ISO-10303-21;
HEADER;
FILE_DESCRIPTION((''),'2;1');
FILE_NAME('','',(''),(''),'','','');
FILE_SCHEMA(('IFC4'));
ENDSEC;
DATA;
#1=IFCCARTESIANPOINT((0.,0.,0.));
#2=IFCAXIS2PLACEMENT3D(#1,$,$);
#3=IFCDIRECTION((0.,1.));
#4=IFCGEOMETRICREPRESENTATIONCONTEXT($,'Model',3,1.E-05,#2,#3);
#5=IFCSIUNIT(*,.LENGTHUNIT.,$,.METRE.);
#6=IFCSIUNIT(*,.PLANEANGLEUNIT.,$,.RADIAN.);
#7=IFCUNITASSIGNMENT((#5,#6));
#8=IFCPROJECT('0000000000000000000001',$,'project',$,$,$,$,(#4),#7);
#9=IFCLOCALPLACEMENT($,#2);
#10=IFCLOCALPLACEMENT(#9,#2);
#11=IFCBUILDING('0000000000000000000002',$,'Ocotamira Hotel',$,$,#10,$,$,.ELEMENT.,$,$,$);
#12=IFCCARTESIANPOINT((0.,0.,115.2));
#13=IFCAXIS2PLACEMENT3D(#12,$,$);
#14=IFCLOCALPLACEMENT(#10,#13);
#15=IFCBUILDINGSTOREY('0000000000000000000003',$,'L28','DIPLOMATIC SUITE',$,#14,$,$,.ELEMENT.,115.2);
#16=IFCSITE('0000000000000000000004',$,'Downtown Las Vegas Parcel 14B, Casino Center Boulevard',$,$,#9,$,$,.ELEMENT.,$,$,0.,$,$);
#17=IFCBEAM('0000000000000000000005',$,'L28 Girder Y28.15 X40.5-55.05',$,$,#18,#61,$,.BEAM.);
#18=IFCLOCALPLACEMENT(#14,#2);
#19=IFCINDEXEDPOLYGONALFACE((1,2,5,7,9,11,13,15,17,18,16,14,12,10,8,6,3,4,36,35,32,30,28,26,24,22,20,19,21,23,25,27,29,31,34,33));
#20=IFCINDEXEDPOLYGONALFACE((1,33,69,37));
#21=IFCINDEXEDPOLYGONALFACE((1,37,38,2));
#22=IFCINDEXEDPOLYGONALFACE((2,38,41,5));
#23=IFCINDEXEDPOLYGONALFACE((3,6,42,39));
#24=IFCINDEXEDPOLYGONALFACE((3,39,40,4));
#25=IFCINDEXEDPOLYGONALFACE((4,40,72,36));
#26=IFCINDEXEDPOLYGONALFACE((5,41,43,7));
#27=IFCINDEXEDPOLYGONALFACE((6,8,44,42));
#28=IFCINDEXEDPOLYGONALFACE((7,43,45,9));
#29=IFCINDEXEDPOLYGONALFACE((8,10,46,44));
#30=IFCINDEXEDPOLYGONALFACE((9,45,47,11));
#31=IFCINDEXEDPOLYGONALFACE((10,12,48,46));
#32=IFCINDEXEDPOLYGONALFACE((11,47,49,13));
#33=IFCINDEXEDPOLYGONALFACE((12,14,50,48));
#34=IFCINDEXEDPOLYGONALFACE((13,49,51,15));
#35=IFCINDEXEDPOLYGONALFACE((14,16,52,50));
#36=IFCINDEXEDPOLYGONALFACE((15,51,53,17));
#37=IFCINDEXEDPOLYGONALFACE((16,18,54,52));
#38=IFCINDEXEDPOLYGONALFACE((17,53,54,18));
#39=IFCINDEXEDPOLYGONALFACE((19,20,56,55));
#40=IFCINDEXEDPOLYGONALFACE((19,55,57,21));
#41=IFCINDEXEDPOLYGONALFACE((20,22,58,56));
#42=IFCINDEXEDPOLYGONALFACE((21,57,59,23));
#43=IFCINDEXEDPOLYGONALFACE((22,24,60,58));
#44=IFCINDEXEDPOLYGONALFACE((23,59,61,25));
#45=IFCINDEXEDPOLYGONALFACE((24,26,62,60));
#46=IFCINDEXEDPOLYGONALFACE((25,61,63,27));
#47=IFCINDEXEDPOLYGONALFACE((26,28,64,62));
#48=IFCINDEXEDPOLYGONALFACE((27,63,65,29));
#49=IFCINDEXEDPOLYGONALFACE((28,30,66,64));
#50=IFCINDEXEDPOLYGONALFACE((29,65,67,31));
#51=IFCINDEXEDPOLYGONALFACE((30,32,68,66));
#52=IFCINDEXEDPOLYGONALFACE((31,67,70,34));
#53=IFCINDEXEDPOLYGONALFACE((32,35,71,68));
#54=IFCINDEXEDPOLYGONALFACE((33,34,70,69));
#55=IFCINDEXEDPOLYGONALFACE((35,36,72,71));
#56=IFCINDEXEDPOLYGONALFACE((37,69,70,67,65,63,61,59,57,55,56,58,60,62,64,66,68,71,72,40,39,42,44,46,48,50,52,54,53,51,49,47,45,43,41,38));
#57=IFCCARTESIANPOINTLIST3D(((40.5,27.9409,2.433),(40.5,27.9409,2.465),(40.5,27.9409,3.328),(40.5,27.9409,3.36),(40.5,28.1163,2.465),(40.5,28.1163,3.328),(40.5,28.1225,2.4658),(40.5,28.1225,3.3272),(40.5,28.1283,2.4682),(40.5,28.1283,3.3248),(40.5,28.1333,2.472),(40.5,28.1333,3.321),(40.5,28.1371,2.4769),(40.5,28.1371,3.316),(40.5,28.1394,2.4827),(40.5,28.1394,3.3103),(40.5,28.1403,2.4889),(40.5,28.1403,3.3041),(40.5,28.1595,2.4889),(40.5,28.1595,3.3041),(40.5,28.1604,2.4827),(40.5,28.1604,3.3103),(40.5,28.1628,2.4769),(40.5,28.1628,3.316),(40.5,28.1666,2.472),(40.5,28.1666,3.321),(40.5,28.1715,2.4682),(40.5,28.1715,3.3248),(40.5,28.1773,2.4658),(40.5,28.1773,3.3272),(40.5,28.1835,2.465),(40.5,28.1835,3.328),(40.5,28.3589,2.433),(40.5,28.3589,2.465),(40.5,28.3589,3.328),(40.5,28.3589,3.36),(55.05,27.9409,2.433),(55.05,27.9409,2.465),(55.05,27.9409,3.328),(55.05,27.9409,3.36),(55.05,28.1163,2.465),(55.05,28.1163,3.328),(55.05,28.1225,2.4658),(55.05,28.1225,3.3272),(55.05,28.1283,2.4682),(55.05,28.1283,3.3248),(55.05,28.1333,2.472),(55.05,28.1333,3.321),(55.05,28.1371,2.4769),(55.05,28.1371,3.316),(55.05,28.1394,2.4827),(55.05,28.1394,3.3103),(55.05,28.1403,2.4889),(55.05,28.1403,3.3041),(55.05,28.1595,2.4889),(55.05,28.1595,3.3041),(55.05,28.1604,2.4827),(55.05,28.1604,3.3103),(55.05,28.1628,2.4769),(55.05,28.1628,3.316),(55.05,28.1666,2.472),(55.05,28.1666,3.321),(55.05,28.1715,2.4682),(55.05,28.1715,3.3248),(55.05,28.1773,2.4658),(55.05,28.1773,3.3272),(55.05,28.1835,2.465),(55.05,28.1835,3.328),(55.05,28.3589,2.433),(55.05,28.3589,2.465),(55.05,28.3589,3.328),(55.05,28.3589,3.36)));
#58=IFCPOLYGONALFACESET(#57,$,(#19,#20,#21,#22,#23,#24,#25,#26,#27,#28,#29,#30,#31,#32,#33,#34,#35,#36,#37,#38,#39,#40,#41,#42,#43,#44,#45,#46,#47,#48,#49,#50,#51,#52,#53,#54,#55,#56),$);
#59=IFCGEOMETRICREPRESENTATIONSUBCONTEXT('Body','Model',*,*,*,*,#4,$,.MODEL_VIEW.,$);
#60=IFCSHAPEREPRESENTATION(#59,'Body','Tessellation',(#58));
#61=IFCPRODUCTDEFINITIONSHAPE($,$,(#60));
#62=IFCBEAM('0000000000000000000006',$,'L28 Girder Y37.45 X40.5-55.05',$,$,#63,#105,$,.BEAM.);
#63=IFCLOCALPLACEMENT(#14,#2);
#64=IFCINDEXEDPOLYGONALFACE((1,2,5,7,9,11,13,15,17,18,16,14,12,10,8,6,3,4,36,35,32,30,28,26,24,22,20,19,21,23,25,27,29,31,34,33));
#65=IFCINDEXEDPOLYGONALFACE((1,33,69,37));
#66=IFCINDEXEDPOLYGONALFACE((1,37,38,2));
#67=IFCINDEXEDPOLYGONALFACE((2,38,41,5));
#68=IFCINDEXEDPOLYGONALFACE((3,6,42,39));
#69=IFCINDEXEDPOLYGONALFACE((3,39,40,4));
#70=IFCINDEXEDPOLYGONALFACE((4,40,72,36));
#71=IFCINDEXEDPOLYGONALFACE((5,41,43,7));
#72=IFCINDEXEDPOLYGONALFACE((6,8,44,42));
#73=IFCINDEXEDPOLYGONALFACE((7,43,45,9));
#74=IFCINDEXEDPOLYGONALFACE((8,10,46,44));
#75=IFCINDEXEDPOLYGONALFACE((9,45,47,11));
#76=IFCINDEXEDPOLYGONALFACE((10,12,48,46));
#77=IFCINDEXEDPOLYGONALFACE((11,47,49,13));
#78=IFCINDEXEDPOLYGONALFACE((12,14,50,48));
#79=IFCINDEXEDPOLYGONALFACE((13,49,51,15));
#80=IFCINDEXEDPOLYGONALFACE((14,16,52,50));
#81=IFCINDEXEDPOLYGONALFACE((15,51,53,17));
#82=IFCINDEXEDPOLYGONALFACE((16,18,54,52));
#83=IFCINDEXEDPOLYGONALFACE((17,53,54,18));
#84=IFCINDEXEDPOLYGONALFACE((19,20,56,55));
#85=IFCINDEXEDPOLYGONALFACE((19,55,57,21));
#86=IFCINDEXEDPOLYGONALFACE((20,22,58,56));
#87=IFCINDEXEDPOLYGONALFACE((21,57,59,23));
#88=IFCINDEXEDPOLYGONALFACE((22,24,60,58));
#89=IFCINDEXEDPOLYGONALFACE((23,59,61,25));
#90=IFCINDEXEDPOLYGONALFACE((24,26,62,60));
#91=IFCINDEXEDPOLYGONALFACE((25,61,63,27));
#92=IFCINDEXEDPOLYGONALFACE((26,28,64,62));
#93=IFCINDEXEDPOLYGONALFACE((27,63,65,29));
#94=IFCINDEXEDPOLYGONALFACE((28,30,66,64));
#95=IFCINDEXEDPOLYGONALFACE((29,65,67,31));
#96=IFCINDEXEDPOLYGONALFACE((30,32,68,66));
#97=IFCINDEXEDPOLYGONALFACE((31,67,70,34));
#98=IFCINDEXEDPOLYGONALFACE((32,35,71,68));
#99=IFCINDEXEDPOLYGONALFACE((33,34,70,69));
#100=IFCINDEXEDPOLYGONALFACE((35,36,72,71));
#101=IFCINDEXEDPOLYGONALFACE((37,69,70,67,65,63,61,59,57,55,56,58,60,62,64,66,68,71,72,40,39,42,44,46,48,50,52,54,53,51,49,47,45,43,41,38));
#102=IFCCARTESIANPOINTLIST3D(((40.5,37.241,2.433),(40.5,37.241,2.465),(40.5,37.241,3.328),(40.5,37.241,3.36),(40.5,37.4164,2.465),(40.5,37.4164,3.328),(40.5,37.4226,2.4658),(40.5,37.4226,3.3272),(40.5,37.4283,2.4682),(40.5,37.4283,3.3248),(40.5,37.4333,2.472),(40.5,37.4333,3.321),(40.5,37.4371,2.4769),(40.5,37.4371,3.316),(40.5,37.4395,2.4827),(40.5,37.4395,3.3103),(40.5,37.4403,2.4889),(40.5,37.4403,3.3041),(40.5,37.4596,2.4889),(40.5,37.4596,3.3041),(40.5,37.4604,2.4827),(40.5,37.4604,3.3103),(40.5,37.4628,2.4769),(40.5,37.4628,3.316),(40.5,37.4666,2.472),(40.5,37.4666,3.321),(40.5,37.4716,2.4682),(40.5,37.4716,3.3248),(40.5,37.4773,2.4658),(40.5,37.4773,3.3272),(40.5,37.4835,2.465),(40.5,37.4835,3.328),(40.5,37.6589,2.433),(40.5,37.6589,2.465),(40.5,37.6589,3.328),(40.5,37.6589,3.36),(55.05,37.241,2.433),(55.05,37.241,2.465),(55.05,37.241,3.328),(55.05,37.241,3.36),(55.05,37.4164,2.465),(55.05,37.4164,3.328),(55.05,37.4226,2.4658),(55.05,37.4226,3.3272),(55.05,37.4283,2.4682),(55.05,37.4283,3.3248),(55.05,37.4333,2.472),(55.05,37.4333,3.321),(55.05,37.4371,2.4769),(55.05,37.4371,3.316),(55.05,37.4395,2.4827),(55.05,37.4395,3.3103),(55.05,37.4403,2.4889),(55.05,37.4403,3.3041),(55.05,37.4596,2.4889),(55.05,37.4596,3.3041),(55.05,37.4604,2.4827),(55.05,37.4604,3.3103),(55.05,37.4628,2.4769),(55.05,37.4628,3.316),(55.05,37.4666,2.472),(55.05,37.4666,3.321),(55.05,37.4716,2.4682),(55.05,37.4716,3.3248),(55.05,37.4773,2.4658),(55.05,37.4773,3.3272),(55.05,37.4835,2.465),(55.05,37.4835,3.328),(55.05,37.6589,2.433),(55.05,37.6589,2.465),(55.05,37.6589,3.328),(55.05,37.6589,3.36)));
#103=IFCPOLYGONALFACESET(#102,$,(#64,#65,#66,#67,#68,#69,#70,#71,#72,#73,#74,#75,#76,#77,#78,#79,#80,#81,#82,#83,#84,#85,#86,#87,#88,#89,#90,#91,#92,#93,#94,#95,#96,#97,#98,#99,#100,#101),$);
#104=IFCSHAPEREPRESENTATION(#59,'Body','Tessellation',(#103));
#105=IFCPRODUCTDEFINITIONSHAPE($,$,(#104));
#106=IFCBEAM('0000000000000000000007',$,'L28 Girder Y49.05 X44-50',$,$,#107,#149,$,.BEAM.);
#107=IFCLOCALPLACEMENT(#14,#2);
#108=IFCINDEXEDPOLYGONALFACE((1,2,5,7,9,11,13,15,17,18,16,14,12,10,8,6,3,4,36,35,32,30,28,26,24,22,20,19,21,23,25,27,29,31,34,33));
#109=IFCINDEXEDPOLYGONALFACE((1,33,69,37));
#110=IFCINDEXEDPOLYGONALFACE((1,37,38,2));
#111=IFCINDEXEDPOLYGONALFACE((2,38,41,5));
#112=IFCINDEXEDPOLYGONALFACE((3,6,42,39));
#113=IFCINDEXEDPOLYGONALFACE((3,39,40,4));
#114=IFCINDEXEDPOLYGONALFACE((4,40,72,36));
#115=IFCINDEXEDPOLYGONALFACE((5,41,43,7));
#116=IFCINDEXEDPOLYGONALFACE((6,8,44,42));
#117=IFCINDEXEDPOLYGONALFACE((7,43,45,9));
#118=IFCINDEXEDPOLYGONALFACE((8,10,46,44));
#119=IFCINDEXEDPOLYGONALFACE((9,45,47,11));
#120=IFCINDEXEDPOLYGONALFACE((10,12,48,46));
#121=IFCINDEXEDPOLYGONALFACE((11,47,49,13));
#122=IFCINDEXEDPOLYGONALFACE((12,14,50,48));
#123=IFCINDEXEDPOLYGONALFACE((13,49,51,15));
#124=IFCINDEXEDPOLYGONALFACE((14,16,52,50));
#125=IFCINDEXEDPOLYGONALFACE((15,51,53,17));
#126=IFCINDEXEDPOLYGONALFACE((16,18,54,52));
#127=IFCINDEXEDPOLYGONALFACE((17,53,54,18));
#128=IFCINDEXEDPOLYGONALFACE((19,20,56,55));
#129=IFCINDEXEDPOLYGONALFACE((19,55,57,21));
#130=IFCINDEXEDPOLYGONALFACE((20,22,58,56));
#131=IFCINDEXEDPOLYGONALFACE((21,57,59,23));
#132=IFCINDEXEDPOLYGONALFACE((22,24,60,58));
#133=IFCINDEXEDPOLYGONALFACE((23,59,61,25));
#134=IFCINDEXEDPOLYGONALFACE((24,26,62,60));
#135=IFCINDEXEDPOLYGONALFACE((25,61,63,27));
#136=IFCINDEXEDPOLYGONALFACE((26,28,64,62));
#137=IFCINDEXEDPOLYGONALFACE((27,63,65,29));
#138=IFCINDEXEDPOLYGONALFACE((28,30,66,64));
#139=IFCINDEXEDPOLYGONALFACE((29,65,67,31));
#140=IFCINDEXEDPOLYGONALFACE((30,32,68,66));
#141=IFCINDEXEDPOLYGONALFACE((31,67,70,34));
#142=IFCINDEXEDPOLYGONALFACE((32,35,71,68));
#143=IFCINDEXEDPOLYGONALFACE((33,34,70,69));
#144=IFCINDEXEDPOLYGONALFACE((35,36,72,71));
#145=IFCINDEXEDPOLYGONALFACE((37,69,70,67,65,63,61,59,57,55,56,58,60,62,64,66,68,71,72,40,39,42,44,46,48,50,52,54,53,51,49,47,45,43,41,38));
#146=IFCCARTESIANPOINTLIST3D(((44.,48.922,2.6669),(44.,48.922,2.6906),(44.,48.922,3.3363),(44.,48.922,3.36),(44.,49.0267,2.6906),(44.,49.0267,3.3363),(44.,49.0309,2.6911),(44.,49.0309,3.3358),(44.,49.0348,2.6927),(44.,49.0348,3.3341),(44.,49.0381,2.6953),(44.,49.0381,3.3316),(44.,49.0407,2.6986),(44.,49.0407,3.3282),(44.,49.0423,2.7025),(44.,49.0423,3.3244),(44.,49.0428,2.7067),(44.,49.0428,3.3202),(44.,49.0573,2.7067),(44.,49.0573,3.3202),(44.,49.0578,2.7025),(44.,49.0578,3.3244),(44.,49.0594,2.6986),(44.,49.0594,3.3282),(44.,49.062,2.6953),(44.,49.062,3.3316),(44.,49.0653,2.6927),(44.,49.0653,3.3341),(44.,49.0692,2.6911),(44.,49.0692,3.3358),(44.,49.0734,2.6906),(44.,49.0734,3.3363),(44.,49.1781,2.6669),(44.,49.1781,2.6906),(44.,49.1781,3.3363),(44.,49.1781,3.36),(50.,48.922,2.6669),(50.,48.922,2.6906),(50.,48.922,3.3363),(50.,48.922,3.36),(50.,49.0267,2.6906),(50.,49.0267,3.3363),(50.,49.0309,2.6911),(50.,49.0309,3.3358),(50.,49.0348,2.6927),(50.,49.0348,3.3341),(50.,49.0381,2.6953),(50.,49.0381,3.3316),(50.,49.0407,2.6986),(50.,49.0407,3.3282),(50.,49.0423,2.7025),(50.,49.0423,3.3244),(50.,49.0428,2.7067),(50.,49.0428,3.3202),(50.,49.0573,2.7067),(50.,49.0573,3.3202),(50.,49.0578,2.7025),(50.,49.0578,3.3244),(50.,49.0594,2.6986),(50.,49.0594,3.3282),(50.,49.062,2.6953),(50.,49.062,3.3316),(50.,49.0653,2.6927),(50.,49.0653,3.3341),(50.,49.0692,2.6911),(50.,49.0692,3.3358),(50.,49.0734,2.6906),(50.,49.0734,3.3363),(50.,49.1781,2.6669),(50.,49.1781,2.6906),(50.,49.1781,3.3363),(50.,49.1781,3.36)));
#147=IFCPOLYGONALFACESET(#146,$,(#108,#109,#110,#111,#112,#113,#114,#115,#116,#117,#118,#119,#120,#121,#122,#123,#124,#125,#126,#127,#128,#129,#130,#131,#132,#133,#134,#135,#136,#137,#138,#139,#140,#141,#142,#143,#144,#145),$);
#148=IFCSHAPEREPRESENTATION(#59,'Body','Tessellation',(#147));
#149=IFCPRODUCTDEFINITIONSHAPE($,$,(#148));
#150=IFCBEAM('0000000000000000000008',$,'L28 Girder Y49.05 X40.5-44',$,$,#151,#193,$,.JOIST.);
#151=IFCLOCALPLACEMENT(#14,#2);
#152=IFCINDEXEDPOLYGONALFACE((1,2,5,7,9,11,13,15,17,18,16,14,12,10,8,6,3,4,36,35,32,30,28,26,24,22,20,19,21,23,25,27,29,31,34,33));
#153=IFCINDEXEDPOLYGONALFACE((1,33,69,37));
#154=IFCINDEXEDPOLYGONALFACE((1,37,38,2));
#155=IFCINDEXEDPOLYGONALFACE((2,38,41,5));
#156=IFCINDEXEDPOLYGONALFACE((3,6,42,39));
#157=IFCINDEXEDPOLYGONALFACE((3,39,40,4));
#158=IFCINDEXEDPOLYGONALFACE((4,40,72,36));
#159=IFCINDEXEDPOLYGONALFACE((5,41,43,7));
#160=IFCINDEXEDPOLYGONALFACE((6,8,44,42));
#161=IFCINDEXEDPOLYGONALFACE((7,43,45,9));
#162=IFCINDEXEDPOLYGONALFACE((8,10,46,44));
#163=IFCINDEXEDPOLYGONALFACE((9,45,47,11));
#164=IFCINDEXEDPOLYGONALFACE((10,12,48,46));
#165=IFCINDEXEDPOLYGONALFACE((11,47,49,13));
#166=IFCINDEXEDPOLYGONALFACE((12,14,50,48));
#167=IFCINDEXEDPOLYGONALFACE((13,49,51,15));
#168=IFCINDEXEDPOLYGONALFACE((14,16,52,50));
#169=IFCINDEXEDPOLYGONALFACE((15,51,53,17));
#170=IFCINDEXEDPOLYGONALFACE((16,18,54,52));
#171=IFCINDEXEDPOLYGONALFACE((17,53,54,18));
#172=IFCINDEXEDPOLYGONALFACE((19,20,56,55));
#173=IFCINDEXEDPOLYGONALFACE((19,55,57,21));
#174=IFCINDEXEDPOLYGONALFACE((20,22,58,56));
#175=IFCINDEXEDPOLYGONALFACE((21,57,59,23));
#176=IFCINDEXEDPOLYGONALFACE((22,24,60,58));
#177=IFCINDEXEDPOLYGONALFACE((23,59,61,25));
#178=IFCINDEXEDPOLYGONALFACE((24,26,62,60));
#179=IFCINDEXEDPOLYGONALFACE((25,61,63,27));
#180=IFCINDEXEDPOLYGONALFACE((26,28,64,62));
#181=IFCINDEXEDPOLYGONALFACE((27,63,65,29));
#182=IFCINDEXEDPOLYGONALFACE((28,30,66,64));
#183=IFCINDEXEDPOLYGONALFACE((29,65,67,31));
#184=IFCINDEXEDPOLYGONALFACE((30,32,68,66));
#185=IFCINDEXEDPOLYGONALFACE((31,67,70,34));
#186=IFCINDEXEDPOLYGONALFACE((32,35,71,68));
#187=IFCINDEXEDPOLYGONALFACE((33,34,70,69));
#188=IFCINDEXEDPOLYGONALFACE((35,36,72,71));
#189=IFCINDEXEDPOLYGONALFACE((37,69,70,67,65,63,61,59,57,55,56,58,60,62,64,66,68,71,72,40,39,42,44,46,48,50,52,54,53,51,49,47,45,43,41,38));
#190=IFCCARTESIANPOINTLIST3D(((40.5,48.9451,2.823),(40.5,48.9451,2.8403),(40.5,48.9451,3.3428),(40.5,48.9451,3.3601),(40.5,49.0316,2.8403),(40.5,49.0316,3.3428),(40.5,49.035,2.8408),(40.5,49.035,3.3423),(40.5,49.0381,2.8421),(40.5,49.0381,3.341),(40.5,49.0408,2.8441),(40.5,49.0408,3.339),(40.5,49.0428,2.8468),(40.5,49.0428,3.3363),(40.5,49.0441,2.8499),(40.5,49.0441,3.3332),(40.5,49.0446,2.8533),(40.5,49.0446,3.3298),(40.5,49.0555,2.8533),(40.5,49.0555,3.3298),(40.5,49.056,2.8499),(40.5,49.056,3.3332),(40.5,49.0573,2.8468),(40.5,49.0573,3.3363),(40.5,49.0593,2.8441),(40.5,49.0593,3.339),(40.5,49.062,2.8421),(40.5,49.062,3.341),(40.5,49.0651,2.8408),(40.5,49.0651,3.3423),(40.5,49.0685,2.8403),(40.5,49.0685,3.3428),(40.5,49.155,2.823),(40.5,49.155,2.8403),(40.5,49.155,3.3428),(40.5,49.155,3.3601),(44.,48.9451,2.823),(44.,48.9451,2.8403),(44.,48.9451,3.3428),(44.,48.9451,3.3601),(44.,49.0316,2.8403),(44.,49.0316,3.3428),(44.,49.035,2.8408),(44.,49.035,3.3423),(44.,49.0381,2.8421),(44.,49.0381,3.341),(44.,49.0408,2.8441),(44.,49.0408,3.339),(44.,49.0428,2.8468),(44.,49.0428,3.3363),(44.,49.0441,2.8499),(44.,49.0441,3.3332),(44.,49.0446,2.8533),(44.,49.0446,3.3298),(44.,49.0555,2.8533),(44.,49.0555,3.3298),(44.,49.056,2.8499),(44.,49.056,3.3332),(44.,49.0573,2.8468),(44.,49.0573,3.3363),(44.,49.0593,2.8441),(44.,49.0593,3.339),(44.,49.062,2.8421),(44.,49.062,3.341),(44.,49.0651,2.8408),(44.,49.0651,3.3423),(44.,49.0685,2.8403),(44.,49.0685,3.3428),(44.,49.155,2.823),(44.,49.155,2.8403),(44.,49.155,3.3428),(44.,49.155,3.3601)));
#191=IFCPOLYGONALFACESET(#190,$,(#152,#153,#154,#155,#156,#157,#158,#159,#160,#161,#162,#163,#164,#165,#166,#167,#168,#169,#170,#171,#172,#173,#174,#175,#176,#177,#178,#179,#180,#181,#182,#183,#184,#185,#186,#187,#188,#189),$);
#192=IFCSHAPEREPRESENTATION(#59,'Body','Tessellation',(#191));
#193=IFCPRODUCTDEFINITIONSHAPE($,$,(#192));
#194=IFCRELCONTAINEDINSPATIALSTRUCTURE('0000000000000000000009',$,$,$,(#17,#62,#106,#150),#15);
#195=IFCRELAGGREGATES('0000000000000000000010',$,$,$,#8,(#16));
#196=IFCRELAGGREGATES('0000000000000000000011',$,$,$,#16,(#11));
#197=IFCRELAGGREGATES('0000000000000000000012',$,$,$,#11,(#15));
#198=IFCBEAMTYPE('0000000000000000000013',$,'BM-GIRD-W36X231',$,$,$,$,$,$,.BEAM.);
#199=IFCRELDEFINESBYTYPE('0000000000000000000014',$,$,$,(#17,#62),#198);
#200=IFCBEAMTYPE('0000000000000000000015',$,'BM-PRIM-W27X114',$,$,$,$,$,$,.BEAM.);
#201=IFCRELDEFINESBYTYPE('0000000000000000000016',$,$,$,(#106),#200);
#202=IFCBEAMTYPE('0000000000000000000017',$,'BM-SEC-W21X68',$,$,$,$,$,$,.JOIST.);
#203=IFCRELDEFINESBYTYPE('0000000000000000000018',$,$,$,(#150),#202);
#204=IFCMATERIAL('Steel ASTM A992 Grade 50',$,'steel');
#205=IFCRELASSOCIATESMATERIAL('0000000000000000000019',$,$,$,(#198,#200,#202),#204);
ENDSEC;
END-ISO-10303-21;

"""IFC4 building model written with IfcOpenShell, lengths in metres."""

from ifc_helpers import new_model, si_unit, direction, frame, origin, origin_2d, place, context, subcontext, project, spatial, i_section, extrude, source, transform, mapped, material, material_profile, profile_set, type_object, element, save


model = new_model("IFC4")

# Units and contexts
model_context = context("Model", 3, precision=1e-05, world=origin(), true_north=direction((0.0, 1.0)))
body_context = subcontext(model_context, "Body", "Model", "MODEL_VIEW")
ifc_project = project(units=[si_unit("LENGTHUNIT", "METRE"), si_unit("PLANEANGLEUNIT", "RADIAN")], contexts=[model_context])

# Site, building, storey
site_placement = place(None, origin())
site = spatial("IfcSite", under=ifc_project, at=site_placement, Name="Downtown Las Vegas Parcel 14B, Casino Center Boulevard", CompositionType="ELEMENT", RefElevation=0.0)
building_placement = place(site_placement, origin())
building = spatial("IfcBuilding", under=site, at=building_placement, Name="Ocotamira Hotel", CompositionType="ELEMENT")
storey_placement = place(building_placement, frame((0.0, 0.0, 115.2)))
storey = spatial("IfcBuildingStorey", under=building, at=storey_placement, Name="L28", Description="DIPLOMATIC SUITE", CompositionType="ELEMENT", Elevation=115.2)

# Beams
ifc_material_1 = material(Name="Steel ASTM A992 Grade 50", Category="steel")
ifc_material_profile_1 = material_profile(ifc_material_1, i_section(OverallWidth=0.418, OverallDepth=0.927, WebThickness=0.0193, FlangeThickness=0.032, FilletRadius=0.0239, at=origin_2d()), Name="W36X231")
ifc_profile_set_1 = profile_set([ifc_material_profile_1], Name="Steel ASTM A992 Grade 50")
beam_type_1 = type_object("IfcBeamType", Name="BM-GIRD-W36X231", PredefinedType="BEAM", material=ifc_profile_set_1)
shared_shape_1 = source(origin(), body_context, "Body", "SweptSolid", [
    extrude(i_section(OverallWidth=0.418, OverallDepth=0.927, WebThickness=0.0193, FlangeThickness=0.032, FilletRadius=0.0239, at=origin_2d()), origin(), (0.0, 0.0, 1.0), 14.55),
])
for number, where, z_axis, x_axis, name in (
    (1, (40.5, 28.1499, 2.8965), (1.0, 0.0, 0.0), (0.0, 1.0, 0.0), "L28 Girder Y28.15 X40.5-55.05"),
    (2, (40.5, 37.45, 2.8965), (1.0, 0.0, 0.0), (0.0, 1.0, 0.0), "L28 Girder Y37.45 X40.5-55.05"),
):
    element("IfcBeam", number, at=place(storey_placement, frame(where, z_axis=z_axis, x_axis=x_axis)), inside=storey, type_object=beam_type_1, Name=name, PredefinedType="BEAM", context=body_context, shape_type="MappedRepresentation", body=[
        mapped(shared_shape_1, transform((0.0, 0.0, 0.0), scale=1.0)),
    ])
ifc_material_profile_2 = material_profile(ifc_material_1, i_section(OverallWidth=0.2561, OverallDepth=0.6931, WebThickness=0.0144, FlangeThickness=0.0237, FilletRadius=0.0161, at=origin_2d()), Name="W27X114")
ifc_profile_set_2 = profile_set([ifc_material_profile_2], Name="Steel ASTM A992 Grade 50")
beam_type_2 = type_object("IfcBeamType", Name="BM-PRIM-W27X114", PredefinedType="BEAM", material=ifc_profile_set_2)
shared_shape_2 = source(origin(), body_context, "Body", "SweptSolid", [
    extrude(i_section(OverallWidth=0.2561, OverallDepth=0.6931, WebThickness=0.0144, FlangeThickness=0.0237, FilletRadius=0.0161, at=origin_2d()), origin(), (0.0, 0.0, 1.0), 6.0),
])
beam_1_placement = place(storey_placement, frame((44.0, 49.05, 3.0134), z_axis=(1.0, 0.0, 0.0), x_axis=(0.0, 1.0, 0.0)))
element("IfcBeam", 3, at=beam_1_placement, inside=storey, type_object=beam_type_2, Name="L28 Girder Y49.05 X44-50", PredefinedType="BEAM", context=body_context, shape_type="MappedRepresentation", body=[
    mapped(shared_shape_2, transform((0.0, 0.0, 0.0), scale=1.0)),
])
ifc_material_profile_3 = material_profile(ifc_material_1, i_section(OverallWidth=0.21, OverallDepth=0.5371, WebThickness=0.011, FlangeThickness=0.0173, FilletRadius=0.0129, at=origin_2d()), Name="W21X68")
ifc_profile_set_3 = profile_set([ifc_material_profile_3], Name="Steel ASTM A992 Grade 50")
beam_type_3 = type_object("IfcBeamType", Name="BM-SEC-W21X68", PredefinedType="JOIST", material=ifc_profile_set_3)
shared_shape_3 = source(origin(), body_context, "Body", "SweptSolid", [
    extrude(i_section(OverallWidth=0.21, OverallDepth=0.5371, WebThickness=0.011, FlangeThickness=0.0173, FilletRadius=0.0129, at=origin_2d()), origin(), (0.0, 0.0, 1.0), 3.5),
])
beam_2_placement = place(storey_placement, frame((40.5, 49.05, 3.0916), z_axis=(1.0, 0.0, 0.0), x_axis=(0.0, 1.0, 0.0)))
element("IfcBeam", 4, at=beam_2_placement, inside=storey, type_object=beam_type_3, Name="L28 Girder Y49.05 X40.5-44", PredefinedType="JOIST", context=body_context, shape_type="MappedRepresentation", body=[
    mapped(shared_shape_3, transform((0.0, 0.0, 0.0), scale=1.0)),
])

save(model, "model.ifc")
